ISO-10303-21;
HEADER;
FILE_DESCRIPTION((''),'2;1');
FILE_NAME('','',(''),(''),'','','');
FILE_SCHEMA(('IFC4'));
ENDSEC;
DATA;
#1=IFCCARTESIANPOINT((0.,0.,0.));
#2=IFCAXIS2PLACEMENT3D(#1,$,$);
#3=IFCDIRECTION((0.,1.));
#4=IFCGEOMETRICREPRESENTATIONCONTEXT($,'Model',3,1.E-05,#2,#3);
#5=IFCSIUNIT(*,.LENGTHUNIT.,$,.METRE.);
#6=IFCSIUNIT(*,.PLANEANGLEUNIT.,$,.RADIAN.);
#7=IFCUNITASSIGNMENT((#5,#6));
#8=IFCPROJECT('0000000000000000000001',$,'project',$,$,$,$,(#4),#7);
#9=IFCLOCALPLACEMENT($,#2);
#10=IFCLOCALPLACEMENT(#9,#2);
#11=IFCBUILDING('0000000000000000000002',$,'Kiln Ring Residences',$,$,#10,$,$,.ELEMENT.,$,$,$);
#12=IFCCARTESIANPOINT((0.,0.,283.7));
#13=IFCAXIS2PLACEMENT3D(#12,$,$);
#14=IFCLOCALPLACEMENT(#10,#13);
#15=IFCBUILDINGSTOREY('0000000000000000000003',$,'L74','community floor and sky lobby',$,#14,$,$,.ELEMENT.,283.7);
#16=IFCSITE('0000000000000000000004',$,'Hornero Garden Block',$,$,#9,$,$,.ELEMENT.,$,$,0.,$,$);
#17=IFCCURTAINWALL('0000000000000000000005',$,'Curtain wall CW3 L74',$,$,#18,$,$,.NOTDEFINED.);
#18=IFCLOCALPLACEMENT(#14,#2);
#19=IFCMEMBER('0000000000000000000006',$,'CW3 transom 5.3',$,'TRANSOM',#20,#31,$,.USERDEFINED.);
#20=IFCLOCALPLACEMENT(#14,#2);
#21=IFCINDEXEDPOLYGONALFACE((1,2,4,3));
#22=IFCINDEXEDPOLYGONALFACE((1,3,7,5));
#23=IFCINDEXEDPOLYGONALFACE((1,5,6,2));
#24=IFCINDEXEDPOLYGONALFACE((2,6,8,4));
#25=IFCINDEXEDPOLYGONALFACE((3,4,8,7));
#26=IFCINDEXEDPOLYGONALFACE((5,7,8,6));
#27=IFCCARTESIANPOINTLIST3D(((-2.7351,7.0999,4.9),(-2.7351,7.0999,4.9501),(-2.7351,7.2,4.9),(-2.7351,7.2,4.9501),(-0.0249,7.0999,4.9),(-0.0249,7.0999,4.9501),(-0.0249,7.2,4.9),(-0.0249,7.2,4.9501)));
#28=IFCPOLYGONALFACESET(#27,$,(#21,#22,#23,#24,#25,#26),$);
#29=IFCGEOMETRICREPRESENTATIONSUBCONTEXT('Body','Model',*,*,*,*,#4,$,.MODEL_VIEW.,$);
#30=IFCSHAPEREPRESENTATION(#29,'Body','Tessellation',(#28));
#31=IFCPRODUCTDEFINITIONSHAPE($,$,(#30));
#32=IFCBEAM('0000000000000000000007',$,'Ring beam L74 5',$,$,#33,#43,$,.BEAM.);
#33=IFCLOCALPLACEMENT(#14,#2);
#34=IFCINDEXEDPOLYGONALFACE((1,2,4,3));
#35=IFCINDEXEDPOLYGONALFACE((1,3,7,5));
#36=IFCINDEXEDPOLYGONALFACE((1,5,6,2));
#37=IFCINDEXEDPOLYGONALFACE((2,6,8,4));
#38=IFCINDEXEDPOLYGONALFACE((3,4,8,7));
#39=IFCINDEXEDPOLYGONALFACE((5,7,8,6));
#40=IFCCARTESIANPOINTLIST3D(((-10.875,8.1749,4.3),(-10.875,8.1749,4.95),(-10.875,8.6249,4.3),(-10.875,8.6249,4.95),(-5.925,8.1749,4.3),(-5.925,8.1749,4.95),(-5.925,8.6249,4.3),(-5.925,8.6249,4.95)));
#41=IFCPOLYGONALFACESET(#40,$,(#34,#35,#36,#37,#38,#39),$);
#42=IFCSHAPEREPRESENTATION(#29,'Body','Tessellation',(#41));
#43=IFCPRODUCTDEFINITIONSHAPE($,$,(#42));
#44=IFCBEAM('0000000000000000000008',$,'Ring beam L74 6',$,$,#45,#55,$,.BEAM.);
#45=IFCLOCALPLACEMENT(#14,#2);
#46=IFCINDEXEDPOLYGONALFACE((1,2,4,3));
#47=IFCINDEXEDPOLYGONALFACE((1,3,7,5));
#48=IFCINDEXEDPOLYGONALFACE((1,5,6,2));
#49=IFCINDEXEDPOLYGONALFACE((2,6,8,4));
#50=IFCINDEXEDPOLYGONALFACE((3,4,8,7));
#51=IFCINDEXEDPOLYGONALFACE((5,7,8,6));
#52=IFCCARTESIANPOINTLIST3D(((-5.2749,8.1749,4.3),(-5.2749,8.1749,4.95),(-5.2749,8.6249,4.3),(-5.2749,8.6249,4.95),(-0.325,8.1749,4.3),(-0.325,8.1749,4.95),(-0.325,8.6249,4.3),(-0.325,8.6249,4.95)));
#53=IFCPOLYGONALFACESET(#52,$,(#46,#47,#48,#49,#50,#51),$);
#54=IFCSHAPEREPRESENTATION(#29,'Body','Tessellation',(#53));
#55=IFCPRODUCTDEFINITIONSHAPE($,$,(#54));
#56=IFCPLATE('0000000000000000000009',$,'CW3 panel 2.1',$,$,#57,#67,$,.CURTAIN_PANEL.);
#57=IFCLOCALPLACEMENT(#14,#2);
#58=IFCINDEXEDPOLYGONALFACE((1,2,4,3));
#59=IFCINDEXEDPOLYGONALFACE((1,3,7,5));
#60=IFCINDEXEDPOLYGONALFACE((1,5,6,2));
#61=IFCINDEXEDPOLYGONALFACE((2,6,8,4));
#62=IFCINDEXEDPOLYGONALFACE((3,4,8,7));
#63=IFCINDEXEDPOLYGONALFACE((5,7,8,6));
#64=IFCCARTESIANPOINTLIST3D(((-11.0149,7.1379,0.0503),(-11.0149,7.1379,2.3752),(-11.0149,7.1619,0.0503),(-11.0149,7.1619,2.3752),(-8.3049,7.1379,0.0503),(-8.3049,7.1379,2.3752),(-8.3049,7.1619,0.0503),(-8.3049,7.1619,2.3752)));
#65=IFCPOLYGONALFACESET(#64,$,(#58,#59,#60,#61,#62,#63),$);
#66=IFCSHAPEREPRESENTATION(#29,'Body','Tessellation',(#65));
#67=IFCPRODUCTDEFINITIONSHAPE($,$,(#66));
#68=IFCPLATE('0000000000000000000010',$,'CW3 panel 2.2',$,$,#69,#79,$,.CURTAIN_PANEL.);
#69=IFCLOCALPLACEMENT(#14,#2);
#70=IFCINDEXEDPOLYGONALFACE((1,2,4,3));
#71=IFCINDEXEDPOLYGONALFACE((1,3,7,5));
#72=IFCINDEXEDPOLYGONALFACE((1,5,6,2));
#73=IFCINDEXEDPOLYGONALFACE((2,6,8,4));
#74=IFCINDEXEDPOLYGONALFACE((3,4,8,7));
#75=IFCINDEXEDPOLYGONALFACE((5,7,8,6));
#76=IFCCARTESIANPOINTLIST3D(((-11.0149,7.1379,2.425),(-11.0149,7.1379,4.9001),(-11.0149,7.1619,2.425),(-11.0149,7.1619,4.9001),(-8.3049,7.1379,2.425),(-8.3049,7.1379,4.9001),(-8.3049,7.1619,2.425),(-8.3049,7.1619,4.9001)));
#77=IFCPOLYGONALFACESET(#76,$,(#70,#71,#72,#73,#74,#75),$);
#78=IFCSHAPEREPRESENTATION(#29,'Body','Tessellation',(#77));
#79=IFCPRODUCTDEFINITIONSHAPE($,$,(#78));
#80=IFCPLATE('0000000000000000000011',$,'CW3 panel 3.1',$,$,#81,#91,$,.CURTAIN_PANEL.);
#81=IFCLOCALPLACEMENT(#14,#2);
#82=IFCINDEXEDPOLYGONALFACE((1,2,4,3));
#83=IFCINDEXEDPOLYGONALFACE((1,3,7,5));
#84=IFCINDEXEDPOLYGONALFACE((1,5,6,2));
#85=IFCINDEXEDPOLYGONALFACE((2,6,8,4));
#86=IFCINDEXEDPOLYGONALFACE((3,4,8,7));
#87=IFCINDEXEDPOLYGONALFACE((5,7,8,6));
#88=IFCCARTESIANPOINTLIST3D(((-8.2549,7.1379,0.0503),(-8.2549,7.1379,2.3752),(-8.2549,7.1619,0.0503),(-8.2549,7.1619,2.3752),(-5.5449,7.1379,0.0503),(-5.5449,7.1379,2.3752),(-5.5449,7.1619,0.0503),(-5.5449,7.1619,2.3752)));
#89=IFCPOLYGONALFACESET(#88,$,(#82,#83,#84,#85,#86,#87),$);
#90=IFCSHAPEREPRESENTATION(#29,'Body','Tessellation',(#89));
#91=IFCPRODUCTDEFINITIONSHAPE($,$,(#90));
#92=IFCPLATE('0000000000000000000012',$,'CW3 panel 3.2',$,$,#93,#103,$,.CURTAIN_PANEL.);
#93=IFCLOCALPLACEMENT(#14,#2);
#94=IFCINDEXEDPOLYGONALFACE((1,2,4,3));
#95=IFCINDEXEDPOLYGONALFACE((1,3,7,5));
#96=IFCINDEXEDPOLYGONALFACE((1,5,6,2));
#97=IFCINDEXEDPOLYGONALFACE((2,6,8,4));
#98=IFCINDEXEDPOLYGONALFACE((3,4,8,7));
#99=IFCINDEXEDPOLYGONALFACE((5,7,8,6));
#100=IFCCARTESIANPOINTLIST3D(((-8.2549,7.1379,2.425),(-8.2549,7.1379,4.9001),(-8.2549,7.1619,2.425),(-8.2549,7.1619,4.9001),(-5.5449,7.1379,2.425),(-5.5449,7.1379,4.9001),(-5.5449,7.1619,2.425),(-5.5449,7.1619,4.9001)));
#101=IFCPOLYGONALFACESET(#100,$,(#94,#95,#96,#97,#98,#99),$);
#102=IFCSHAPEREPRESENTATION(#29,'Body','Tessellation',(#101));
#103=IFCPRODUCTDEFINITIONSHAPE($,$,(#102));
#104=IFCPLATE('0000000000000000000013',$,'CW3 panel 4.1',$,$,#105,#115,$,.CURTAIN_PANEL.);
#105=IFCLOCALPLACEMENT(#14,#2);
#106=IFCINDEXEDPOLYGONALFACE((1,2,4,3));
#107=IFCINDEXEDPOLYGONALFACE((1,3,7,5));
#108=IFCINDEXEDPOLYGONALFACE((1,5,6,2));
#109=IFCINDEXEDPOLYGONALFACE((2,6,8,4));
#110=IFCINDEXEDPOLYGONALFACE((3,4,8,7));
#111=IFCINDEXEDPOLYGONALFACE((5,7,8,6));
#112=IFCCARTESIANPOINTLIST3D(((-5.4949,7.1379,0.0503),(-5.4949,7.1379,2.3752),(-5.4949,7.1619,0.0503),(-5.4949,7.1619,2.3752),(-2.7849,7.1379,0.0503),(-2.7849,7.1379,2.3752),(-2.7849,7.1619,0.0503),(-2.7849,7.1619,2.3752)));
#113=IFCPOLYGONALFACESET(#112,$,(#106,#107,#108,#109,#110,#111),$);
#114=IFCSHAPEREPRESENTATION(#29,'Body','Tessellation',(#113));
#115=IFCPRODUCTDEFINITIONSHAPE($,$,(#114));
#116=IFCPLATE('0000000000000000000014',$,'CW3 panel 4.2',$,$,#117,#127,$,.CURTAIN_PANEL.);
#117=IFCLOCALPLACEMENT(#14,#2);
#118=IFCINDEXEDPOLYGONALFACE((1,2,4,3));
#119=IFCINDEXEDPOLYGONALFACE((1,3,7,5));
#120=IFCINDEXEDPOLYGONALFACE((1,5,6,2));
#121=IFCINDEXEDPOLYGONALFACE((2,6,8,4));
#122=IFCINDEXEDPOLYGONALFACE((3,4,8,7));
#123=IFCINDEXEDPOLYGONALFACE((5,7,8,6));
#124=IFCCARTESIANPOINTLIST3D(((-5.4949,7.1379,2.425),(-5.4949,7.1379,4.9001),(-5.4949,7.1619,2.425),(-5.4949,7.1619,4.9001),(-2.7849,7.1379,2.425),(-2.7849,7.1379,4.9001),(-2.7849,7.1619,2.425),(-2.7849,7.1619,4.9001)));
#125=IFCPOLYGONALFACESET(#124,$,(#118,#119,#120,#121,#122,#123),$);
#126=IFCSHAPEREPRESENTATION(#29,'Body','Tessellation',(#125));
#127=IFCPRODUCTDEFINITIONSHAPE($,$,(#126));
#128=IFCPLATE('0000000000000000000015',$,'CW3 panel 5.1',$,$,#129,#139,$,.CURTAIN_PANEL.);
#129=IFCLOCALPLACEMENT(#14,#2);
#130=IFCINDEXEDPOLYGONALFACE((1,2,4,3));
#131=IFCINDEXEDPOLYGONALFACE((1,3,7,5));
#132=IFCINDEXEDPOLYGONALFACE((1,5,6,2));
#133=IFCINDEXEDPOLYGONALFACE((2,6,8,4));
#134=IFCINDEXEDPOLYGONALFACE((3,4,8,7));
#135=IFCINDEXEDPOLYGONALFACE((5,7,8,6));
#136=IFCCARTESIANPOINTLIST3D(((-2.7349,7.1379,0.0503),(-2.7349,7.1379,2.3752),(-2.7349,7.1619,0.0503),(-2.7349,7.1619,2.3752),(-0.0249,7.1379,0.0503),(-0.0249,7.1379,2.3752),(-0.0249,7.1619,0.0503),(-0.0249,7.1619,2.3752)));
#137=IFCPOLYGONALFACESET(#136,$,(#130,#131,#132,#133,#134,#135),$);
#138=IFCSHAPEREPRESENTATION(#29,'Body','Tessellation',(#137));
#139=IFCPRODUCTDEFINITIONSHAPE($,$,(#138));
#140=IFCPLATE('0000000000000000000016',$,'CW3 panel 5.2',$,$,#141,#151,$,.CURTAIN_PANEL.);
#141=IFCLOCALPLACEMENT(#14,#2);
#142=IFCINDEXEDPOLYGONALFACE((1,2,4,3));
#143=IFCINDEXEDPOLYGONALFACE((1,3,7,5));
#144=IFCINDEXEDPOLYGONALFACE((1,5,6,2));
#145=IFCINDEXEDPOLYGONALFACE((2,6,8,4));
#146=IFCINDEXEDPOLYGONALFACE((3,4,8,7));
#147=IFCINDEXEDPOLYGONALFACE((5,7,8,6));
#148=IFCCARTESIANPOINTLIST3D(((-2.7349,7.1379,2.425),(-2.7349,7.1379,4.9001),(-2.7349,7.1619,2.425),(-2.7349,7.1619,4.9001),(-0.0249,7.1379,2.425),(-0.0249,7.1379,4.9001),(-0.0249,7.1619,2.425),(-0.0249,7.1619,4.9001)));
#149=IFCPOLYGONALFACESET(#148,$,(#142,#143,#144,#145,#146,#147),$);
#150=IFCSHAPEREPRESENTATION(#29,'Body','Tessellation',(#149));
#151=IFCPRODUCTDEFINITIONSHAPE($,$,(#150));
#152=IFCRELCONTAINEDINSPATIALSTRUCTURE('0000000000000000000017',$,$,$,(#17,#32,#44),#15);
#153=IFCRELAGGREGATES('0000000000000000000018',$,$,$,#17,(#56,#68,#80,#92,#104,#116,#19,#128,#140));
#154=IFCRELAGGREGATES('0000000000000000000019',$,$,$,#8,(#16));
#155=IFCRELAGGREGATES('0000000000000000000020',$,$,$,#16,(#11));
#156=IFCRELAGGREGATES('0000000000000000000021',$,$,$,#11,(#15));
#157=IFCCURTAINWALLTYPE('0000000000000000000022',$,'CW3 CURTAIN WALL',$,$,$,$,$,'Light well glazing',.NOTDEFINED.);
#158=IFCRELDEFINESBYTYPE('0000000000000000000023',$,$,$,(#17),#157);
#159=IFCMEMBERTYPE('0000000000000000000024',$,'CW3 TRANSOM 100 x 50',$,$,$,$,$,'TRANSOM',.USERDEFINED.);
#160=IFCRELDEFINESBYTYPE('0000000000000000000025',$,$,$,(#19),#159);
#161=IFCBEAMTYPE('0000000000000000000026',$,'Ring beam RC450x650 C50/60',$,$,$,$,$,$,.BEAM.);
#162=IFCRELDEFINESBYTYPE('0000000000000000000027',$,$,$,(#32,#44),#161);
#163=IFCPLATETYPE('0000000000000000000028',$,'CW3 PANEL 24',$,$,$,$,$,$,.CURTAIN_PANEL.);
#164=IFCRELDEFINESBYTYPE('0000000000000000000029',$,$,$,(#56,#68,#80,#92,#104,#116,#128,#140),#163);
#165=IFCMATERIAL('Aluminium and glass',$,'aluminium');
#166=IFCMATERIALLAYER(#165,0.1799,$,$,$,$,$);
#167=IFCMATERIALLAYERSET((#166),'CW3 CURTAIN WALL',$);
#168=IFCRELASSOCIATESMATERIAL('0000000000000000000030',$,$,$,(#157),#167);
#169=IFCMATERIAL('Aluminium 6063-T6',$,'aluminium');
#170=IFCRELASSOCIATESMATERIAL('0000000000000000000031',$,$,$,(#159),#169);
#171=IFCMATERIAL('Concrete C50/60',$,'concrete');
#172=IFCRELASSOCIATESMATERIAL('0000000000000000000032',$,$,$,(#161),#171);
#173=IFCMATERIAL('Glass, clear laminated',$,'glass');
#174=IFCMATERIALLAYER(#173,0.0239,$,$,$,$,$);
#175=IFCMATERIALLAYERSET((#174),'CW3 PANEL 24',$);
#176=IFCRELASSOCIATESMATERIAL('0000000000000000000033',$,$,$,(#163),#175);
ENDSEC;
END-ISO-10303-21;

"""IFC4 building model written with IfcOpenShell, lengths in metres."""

from ifc_helpers import new_model, si_unit, direction, frame, origin, origin_2d, place, context, subcontext, project, spatial, rectangle, extrude, material, layer, layer_set, material_profile, profile_set, type_object, element, aggregate, save


model = new_model("IFC4")

# Units and contexts
model_context = context("Model", 3, precision=1e-05, world=origin(), true_north=direction((0.0, 1.0)))
body_context = subcontext(model_context, "Body", "Model", "MODEL_VIEW")
ifc_project = project(units=[si_unit("LENGTHUNIT", "METRE"), si_unit("PLANEANGLEUNIT", "RADIAN")], contexts=[model_context])

# Site, building, storey
site_placement = place(None, origin())
site = spatial("IfcSite", under=ifc_project, at=site_placement, Name="Hornero Garden Block", CompositionType="ELEMENT", RefElevation=0.0)
building_placement = place(site_placement, origin())
building = spatial("IfcBuilding", under=site, at=building_placement, Name="Kiln Ring Residences", CompositionType="ELEMENT")
storey_placement = place(building_placement, frame((0.0, 0.0, 283.7)))
storey = spatial("IfcBuildingStorey", under=building, at=storey_placement, Name="L74", Description="community floor and sky lobby", CompositionType="ELEMENT", Elevation=283.7)

# Curtain wall, member
ifc_material_1 = material(Name="Aluminium and glass", Category="aluminium")
ifc_layer_1 = layer(ifc_material_1, 0.1799)
ifc_layer_set_1 = layer_set([ifc_layer_1], Name="CW3 CURTAIN WALL")
curtain_wall_type = type_object("IfcCurtainWallType", Name="CW3 CURTAIN WALL", ElementType="Light well glazing", PredefinedType="NOTDEFINED", material=ifc_layer_set_1)
curtain_wall_placement = place(storey_placement, origin())
curtain_wall = element("IfcCurtainWall", 1, at=curtain_wall_placement, inside=storey, type_object=curtain_wall_type, Name="Curtain wall CW3 L74", PredefinedType="NOTDEFINED")
ifc_material_2 = material(Name="Aluminium 6063-T6", Category="aluminium")
ifc_material_profile_1 = material_profile(ifc_material_2, rectangle(XDim=0.1001, YDim=0.05, at=origin_2d()), Name="AL 100x50")
ifc_profile_set_1 = profile_set([ifc_material_profile_1], Name="Aluminium 6063-T6")
member_type_1 = type_object("IfcMemberType", Name="CW3 TRANSOM 100 x 50", ElementType="TRANSOM", PredefinedType="USERDEFINED", material=ifc_profile_set_1)
member_1_placement = place(storey_placement, frame((-2.7351, 7.1499, 4.925), z_axis=(1.0, 0.0, 0.0), x_axis=(0.0, 1.0, 0.0)))
member_1 = element("IfcMember", 2, at=member_1_placement, type_object=member_type_1, Name="CW3 transom 5.3", ObjectType="TRANSOM", PredefinedType="USERDEFINED", context=body_context, shape_type="SweptSolid", body=[
    extrude(rectangle(XDim=0.1001, YDim=0.05, at=origin_2d()), origin(), (0.0, 0.0, 1.0), 2.7102),
])

# Beams
ifc_material_3 = material(Name="Concrete C50/60", Category="concrete")
ifc_material_profile_2 = material_profile(ifc_material_3, rectangle(XDim=0.45, YDim=0.6499, at=origin_2d()), Name="RC450x650")
ifc_profile_set_2 = profile_set([ifc_material_profile_2], Name="Concrete C50/60")
beam_type = type_object("IfcBeamType", Name="Ring beam RC450x650 C50/60", PredefinedType="BEAM", material=ifc_profile_set_2)
for number, where, z_axis, x_axis, name in (
    (3, (-10.875, 8.3999, 4.625), (1.0, 0.0, 0.0), (0.0, 1.0, 0.0), "Ring beam L74 5"),
    (4, (-5.2749, 8.3999, 4.625), (1.0, 0.0, 0.0), (0.0, 1.0, 0.0), "Ring beam L74 6"),
):
    element("IfcBeam", number, at=place(storey_placement, frame(where, z_axis=z_axis, x_axis=x_axis)), inside=storey, type_object=beam_type, Name=name, PredefinedType="BEAM", context=body_context, shape_type="SweptSolid", body=[
        extrude(rectangle(XDim=0.45, YDim=0.6499, at=origin_2d()), origin(), (0.0, 0.0, 1.0), 4.95),
    ])

# Plates
ifc_material_4 = material(Name="Glass, clear laminated", Category="glass")
ifc_layer_2 = layer(ifc_material_4, 0.0239)
ifc_layer_set_2 = layer_set([ifc_layer_2], Name="CW3 PANEL 24")
plate_type = type_object("IfcPlateType", Name="CW3 PANEL 24", PredefinedType="CURTAIN_PANEL", material=ifc_layer_set_2)
plate_1_placement = place(storey_placement, frame((-9.6599, 7.1499, 0.0503), z_axis=(0.0, 0.0, 1.0), x_axis=(1.0, 0.0, 0.0)))
plate_1 = element("IfcPlate", 5, at=plate_1_placement, type_object=plate_type, Name="CW3 panel 2.1", PredefinedType="CURTAIN_PANEL", context=body_context, shape_type="SweptSolid", body=[
    extrude(rectangle(XDim=2.71, YDim=0.0239, at=origin_2d()), origin(), (0.0, 0.0, 1.0), 2.325),
])
plate_2_placement = place(storey_placement, frame((-9.6599, 7.1499, 2.425), z_axis=(0.0, 0.0, 1.0), x_axis=(1.0, 0.0, 0.0)))
plate_2 = element("IfcPlate", 6, at=plate_2_placement, type_object=plate_type, Name="CW3 panel 2.2", PredefinedType="CURTAIN_PANEL", context=body_context, shape_type="SweptSolid", body=[
    extrude(rectangle(XDim=2.71, YDim=0.0239, at=origin_2d()), origin(), (0.0, 0.0, 1.0), 2.4751),
])
plate_3_placement = place(storey_placement, frame((-6.8999, 7.1499, 0.0503), z_axis=(0.0, 0.0, 1.0), x_axis=(1.0, 0.0, 0.0)))
plate_3 = element("IfcPlate", 7, at=plate_3_placement, type_object=plate_type, Name="CW3 panel 3.1", PredefinedType="CURTAIN_PANEL", context=body_context, shape_type="SweptSolid", body=[
    extrude(rectangle(XDim=2.71, YDim=0.0239, at=origin_2d()), origin(), (0.0, 0.0, 1.0), 2.325),
])
plate_4_placement = place(storey_placement, frame((-6.8999, 7.1499, 2.425), z_axis=(0.0, 0.0, 1.0), x_axis=(1.0, 0.0, 0.0)))
plate_4 = element("IfcPlate", 8, at=plate_4_placement, type_object=plate_type, Name="CW3 panel 3.2", PredefinedType="CURTAIN_PANEL", context=body_context, shape_type="SweptSolid", body=[
    extrude(rectangle(XDim=2.71, YDim=0.0239, at=origin_2d()), origin(), (0.0, 0.0, 1.0), 2.4751),
])
plate_5_placement = place(storey_placement, frame((-4.1399, 7.1499, 0.0503), z_axis=(0.0, 0.0, 1.0), x_axis=(1.0, 0.0, 0.0)))
plate_5 = element("IfcPlate", 9, at=plate_5_placement, type_object=plate_type, Name="CW3 panel 4.1", PredefinedType="CURTAIN_PANEL", context=body_context, shape_type="SweptSolid", body=[
    extrude(rectangle(XDim=2.71, YDim=0.0239, at=origin_2d()), origin(), (0.0, 0.0, 1.0), 2.325),
])
plate_6_placement = place(storey_placement, frame((-4.1399, 7.1499, 2.425), z_axis=(0.0, 0.0, 1.0), x_axis=(1.0, 0.0, 0.0)))
plate_6 = element("IfcPlate", 10, at=plate_6_placement, type_object=plate_type, Name="CW3 panel 4.2", PredefinedType="CURTAIN_PANEL", context=body_context, shape_type="SweptSolid", body=[
    extrude(rectangle(XDim=2.71, YDim=0.0239, at=origin_2d()), origin(), (0.0, 0.0, 1.0), 2.4751),
])
plate_7_placement = place(storey_placement, frame((-1.3799, 7.1499, 0.0503), z_axis=(0.0, 0.0, 1.0), x_axis=(1.0, 0.0, 0.0)))
plate_7 = element("IfcPlate", 11, at=plate_7_placement, type_object=plate_type, Name="CW3 panel 5.1", PredefinedType="CURTAIN_PANEL", context=body_context, shape_type="SweptSolid", body=[
    extrude(rectangle(XDim=2.71, YDim=0.0239, at=origin_2d()), origin(), (0.0, 0.0, 1.0), 2.325),
])
plate_8_placement = place(storey_placement, frame((-1.3799, 7.1499, 2.425), z_axis=(0.0, 0.0, 1.0), x_axis=(1.0, 0.0, 0.0)))
plate_8 = element("IfcPlate", 12, at=plate_8_placement, type_object=plate_type, Name="CW3 panel 5.2", PredefinedType="CURTAIN_PANEL", context=body_context, shape_type="SweptSolid", body=[
    extrude(rectangle(XDim=2.71, YDim=0.0239, at=origin_2d()), origin(), (0.0, 0.0, 1.0), 2.4751),
])
aggregate(curtain_wall, [plate_1, plate_2, plate_3, plate_4, plate_5, plate_6, member_1, plate_7, plate_8])

save(model, "model.ifc")
